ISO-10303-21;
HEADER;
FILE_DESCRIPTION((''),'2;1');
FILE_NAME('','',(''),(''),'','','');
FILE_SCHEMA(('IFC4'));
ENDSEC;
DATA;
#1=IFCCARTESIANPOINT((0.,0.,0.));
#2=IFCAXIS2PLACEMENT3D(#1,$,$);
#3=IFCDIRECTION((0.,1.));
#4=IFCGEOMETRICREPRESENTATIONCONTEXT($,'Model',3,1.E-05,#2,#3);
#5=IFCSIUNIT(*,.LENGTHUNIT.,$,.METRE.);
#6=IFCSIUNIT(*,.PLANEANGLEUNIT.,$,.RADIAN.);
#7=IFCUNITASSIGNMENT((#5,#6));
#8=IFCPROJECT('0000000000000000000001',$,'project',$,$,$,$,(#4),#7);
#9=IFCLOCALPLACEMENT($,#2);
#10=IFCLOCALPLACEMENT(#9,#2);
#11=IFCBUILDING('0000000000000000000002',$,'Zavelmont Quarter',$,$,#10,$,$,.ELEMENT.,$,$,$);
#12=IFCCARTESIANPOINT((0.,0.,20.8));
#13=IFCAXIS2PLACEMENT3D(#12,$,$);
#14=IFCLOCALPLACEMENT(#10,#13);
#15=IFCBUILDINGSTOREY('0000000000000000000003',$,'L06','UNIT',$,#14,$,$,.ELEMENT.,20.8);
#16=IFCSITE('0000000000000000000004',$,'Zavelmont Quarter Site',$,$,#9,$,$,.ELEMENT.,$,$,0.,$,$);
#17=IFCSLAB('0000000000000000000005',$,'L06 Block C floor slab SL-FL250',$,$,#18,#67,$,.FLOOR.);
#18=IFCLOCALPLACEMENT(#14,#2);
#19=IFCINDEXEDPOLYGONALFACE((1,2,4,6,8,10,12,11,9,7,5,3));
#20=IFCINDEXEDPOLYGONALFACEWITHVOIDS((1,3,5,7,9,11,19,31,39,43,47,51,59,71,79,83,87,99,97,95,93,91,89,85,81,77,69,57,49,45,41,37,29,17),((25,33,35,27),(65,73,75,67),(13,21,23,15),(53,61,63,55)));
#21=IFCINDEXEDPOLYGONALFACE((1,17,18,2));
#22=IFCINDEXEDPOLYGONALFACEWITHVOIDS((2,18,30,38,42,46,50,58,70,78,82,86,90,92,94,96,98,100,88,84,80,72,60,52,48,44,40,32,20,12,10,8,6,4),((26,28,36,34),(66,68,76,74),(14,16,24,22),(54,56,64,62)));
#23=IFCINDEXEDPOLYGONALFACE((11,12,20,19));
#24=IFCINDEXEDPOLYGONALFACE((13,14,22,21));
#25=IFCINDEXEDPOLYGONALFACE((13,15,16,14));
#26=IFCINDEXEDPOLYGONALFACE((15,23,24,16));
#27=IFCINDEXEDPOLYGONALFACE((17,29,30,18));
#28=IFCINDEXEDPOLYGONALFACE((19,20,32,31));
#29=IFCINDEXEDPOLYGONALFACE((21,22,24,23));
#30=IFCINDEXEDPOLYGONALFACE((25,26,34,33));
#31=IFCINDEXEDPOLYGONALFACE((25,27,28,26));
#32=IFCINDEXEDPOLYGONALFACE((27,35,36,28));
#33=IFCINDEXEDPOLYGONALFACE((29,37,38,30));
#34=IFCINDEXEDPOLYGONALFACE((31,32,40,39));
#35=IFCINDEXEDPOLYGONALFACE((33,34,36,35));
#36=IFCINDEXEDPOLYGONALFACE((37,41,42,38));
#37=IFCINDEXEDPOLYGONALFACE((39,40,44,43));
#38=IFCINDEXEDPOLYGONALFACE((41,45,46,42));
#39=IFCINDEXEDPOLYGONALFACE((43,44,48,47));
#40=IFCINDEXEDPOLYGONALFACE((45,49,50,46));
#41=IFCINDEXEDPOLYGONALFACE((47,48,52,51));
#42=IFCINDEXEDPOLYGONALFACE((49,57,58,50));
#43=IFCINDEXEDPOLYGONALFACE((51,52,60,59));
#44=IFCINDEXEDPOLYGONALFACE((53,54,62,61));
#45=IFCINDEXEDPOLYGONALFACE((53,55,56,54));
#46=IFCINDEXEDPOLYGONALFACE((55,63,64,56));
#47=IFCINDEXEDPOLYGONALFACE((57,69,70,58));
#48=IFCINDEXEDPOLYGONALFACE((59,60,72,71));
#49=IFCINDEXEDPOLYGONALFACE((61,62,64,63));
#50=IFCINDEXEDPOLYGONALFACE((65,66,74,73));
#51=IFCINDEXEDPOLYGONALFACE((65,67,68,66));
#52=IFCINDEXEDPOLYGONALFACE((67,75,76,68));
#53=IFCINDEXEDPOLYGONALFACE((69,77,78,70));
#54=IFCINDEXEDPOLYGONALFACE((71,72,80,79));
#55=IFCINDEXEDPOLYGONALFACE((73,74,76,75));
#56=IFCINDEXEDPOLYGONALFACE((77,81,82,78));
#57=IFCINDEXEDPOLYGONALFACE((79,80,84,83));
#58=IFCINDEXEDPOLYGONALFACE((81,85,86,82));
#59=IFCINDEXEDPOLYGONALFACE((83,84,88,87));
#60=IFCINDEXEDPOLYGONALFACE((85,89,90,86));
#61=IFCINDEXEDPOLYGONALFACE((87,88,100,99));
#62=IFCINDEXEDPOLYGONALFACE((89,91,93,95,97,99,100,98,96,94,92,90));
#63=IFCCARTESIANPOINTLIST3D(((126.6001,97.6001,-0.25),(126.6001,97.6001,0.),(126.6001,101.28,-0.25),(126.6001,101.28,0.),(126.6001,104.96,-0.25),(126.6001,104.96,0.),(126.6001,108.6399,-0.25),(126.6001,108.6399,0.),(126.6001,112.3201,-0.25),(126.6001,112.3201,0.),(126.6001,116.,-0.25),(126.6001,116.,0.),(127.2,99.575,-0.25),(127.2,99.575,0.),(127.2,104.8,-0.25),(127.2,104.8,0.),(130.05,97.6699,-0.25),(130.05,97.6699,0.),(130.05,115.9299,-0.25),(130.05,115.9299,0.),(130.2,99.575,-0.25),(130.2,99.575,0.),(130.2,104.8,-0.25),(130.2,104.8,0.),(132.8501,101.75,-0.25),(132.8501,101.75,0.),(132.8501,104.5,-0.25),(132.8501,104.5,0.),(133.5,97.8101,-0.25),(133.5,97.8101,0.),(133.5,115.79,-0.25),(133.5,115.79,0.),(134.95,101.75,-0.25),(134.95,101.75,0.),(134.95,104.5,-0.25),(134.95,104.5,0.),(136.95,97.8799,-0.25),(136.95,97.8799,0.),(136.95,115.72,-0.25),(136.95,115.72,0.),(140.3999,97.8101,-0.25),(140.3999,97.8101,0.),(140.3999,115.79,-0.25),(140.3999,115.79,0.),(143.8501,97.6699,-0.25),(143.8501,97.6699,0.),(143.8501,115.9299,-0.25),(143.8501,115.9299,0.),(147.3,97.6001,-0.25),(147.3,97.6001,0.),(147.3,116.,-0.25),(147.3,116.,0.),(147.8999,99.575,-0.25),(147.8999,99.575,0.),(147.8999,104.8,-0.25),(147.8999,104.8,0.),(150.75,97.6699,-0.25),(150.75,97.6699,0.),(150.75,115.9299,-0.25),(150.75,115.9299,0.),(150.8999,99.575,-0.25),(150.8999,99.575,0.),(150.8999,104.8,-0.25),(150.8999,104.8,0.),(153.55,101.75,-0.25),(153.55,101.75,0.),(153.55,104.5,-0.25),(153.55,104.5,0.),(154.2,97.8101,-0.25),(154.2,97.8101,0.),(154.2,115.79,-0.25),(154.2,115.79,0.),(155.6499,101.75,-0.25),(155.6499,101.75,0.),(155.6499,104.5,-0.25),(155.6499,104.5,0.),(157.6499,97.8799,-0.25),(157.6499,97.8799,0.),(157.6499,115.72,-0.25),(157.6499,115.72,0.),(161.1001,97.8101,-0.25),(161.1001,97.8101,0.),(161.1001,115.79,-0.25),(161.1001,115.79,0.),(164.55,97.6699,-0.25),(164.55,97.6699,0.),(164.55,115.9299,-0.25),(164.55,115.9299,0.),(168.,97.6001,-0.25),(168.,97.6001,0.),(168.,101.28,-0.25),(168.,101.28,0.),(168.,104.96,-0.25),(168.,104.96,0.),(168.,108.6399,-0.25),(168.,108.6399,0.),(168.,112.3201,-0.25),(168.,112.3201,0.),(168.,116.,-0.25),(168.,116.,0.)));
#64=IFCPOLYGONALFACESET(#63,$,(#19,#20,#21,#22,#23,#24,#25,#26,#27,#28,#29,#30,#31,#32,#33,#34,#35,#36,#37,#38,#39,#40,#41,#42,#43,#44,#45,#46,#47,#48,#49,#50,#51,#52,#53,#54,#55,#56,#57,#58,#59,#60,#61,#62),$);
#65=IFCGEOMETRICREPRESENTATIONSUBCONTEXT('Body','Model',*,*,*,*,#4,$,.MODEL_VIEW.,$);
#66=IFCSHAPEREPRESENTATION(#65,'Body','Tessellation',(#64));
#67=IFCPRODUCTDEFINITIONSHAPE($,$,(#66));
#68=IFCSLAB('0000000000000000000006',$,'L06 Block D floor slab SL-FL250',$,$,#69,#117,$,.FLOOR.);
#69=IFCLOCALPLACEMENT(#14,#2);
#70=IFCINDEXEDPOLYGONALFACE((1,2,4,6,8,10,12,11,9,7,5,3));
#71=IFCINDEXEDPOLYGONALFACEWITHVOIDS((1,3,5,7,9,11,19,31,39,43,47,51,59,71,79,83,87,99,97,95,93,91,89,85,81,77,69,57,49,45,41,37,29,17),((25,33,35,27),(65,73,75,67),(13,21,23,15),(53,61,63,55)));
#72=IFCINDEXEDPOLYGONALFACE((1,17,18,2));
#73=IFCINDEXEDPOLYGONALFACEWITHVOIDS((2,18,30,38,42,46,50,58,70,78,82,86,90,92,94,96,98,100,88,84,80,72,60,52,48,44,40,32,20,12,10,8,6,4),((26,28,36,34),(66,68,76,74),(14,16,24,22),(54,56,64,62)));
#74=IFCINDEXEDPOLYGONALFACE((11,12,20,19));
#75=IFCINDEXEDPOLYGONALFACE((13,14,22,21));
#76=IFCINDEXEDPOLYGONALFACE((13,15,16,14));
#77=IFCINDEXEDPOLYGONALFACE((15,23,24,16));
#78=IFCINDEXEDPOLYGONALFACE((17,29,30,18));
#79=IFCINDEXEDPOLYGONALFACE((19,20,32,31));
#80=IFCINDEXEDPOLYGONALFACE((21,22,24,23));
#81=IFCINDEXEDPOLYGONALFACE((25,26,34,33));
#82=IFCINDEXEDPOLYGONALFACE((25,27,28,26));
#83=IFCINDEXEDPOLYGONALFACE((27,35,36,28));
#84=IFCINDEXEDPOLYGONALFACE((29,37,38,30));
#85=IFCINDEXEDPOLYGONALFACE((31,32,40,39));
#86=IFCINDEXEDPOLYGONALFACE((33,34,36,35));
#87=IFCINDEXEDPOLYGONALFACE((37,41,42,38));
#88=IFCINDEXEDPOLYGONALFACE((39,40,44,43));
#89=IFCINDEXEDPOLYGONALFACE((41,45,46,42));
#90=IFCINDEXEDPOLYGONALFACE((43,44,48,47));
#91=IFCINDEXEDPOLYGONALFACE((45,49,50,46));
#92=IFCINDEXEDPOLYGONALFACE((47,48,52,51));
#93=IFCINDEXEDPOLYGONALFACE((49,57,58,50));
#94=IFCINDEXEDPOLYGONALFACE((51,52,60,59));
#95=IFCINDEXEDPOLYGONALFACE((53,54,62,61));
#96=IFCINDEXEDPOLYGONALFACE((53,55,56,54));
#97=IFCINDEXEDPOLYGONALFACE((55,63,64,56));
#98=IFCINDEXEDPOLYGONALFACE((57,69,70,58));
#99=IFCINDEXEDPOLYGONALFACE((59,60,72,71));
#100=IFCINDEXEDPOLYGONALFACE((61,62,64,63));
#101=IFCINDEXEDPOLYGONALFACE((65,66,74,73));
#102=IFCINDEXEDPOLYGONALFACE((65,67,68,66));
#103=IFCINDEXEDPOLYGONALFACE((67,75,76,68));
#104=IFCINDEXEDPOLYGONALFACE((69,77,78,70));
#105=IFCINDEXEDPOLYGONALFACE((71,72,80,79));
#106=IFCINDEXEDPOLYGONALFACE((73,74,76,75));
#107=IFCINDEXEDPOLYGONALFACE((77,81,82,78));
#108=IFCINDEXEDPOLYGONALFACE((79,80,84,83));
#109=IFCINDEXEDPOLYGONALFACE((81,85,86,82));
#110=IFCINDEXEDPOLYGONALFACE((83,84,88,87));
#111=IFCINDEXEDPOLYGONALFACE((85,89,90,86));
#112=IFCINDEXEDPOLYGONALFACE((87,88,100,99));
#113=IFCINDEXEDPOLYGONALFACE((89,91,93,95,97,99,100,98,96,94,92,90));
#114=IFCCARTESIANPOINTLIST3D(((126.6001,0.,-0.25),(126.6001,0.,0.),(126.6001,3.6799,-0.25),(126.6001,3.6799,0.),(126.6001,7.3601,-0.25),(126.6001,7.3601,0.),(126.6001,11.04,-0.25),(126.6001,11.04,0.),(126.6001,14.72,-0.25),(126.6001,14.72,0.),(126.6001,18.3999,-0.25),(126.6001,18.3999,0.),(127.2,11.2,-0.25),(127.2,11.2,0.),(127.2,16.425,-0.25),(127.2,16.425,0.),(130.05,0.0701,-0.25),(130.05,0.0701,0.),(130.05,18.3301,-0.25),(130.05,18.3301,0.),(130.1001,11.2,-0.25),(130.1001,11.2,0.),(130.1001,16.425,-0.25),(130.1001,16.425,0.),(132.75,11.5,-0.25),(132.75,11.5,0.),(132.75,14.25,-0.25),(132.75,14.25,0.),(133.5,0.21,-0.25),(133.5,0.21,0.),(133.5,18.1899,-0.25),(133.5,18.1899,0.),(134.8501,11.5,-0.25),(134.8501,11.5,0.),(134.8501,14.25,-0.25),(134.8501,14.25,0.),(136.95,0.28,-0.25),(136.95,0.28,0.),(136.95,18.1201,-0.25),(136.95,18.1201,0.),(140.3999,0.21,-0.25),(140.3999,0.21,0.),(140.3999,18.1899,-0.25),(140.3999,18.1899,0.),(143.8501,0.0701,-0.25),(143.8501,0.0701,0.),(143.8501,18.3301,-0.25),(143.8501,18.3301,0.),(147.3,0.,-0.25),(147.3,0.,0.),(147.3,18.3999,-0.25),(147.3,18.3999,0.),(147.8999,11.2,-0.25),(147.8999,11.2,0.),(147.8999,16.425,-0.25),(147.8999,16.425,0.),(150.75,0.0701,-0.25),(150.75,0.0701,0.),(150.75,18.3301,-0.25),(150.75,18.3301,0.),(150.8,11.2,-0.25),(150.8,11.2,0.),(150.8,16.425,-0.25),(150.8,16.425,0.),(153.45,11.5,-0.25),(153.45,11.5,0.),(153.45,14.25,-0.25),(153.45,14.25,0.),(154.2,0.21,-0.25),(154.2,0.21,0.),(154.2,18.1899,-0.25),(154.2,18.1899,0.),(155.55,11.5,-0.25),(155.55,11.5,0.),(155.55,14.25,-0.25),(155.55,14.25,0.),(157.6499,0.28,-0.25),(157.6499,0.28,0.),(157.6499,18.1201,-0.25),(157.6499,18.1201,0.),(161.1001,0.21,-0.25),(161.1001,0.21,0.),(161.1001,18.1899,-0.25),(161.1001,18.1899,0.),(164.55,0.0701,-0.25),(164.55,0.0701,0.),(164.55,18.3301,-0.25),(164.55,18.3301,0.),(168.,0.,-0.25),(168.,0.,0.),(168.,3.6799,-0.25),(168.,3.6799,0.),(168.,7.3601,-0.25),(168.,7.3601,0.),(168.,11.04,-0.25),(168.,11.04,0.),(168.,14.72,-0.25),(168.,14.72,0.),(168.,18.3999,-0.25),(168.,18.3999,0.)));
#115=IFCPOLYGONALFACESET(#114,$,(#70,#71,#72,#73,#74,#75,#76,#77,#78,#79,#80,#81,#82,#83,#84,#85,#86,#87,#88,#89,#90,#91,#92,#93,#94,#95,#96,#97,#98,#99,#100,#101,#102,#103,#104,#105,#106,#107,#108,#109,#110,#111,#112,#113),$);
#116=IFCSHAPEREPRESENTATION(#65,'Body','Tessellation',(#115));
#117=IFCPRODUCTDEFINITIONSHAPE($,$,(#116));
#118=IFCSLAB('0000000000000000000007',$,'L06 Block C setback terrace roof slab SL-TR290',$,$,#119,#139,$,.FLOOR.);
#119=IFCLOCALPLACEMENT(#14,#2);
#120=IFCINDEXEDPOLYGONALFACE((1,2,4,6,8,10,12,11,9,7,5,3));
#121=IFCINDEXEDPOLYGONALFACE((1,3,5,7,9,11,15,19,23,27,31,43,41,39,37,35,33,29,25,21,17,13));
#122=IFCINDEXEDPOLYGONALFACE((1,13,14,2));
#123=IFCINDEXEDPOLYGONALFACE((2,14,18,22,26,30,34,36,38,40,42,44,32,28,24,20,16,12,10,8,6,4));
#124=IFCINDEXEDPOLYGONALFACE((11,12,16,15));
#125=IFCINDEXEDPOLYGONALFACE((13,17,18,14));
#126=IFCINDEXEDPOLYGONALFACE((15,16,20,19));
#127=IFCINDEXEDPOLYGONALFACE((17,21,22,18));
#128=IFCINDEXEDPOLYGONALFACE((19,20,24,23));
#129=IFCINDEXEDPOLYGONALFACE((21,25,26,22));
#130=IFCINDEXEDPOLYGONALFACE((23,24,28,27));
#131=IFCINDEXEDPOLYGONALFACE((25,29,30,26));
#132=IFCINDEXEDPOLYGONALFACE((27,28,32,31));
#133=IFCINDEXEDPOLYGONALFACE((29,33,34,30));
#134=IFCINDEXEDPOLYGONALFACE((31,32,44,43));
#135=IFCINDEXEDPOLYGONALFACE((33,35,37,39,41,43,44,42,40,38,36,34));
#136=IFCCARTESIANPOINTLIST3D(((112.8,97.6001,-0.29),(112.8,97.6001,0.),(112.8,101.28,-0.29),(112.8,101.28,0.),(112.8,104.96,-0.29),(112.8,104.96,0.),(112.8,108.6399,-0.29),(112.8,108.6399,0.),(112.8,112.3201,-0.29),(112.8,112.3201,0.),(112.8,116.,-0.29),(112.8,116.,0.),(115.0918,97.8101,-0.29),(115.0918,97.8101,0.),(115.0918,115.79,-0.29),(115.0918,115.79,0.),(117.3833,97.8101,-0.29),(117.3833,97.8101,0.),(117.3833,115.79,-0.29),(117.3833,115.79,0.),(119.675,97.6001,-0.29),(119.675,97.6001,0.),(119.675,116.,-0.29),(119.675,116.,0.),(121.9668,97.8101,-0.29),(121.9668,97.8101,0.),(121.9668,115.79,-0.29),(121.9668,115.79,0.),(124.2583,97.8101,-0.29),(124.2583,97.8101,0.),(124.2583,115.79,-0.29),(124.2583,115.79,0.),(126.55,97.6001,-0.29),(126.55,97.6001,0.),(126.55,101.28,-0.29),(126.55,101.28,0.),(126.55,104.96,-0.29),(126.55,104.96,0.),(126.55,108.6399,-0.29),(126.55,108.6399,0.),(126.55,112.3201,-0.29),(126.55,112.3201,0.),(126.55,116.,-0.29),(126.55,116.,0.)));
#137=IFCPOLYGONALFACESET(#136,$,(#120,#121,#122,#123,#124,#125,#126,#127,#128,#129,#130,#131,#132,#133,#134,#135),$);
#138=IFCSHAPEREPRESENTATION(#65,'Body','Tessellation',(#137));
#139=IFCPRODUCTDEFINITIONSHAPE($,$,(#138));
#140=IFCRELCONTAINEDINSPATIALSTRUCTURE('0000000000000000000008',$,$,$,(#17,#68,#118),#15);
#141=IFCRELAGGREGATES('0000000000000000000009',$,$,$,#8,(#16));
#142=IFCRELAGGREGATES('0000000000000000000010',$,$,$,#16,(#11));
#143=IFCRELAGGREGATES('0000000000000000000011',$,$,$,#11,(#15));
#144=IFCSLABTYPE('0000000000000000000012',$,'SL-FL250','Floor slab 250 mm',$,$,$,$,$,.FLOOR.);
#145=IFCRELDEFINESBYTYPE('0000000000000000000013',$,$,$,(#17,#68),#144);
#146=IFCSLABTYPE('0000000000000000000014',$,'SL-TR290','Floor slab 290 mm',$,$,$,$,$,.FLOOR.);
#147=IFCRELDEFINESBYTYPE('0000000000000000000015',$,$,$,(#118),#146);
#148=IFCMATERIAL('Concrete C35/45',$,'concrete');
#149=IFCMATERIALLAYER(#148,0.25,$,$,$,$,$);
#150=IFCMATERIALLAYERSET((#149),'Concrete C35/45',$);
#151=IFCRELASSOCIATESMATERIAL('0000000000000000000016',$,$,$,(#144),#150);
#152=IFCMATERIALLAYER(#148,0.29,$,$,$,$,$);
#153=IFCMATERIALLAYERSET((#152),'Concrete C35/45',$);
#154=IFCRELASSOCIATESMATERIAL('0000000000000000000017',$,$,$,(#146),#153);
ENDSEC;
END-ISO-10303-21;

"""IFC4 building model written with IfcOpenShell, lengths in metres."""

from ifc_helpers import new_model, si_unit, direction, frame, origin, place, context, subcontext, project, spatial, polyline, outline, extrude, material, layer, layer_set, type_object, element, save


model = new_model("IFC4")

# Units and contexts
model_context = context("Model", 3, precision=1e-05, world=origin(), true_north=direction((0.0, 1.0)))
body_context = subcontext(model_context, "Body", "Model", "MODEL_VIEW")
ifc_project = project(units=[si_unit("LENGTHUNIT", "METRE"), si_unit("PLANEANGLEUNIT", "RADIAN")], contexts=[model_context])

# Site, building, storey
site_placement = place(None, origin())
site = spatial("IfcSite", under=ifc_project, at=site_placement, Name="Zavelmont Quarter Site", CompositionType="ELEMENT", RefElevation=0.0)
building_placement = place(site_placement, origin())
building = spatial("IfcBuilding", under=site, at=building_placement, Name="Zavelmont Quarter", CompositionType="ELEMENT")
storey_placement = place(building_placement, frame((0.0, 0.0, 20.8)))
storey = spatial("IfcBuildingStorey", under=building, at=storey_placement, Name="L06", Description="UNIT", CompositionType="ELEMENT", Elevation=20.8)

# Shared definitions
ifc_material_1 = material(Name="Concrete C35/45", Category="concrete")

# Slabs
ifc_layer_1 = layer(ifc_material_1, 0.25)
ifc_layer_set_1 = layer_set([ifc_layer_1], Name="Concrete C35/45")
slab_type_1 = type_object("IfcSlabType", Name="SL-FL250", Description="Floor slab 250 mm", PredefinedType="FLOOR", material=ifc_layer_set_1)
slab_1_placement = place(storey_placement, frame((0.0, 0.0, -0.25)))
element("IfcSlab", 1, at=slab_1_placement, inside=storey, type_object=slab_type_1, Name="L06 Block C floor slab SL-FL250", PredefinedType="FLOOR", context=body_context, shape_type="SweptSolid", body=[
    extrude(outline(polyline([(126.6001, 97.6001), (130.05, 97.6699), (133.5, 97.8101), (136.95, 97.8799), (140.3999, 97.8101), (143.8501, 97.6699), (147.3, 97.6001), (150.75, 97.6699), (154.2, 97.8101), (157.6499, 97.8799), (161.1001, 97.8101), (164.55, 97.6699), (168.0, 97.6001), (168.0, 101.28), (168.0, 104.96), (168.0, 108.6399), (168.0, 112.3201), (168.0, 116.0), (164.55, 115.9299), (161.1001, 115.79), (157.6499, 115.72), (154.2, 115.79), (150.75, 115.9299), (147.3, 116.0), (143.8501, 115.9299), (140.3999, 115.79), (136.95, 115.72), (133.5, 115.79), (130.05, 115.9299), (126.6001, 116.0), (126.6001, 112.3201), (126.6001, 108.6399), (126.6001, 104.96), (126.6001, 101.28), (126.6001, 97.6001)]), holes=[polyline([(130.2, 99.575), (130.2, 104.8), (127.2, 104.8), (127.2, 99.575), (130.2, 99.575)]), polyline([(132.8501, 101.75), (134.95, 101.75), (134.95, 104.5), (132.8501, 104.5), (132.8501, 101.75)]), polyline([(150.8999, 99.575), (150.8999, 104.8), (147.8999, 104.8), (147.8999, 99.575), (150.8999, 99.575)]), polyline([(153.55, 101.75), (155.6499, 101.75), (155.6499, 104.5), (153.55, 104.5), (153.55, 101.75)])]), origin(), (0.0, 0.0, 1.0), 0.25),
])
slab_2_placement = place(storey_placement, frame((0.0, 0.0, -0.25)))
element("IfcSlab", 2, at=slab_2_placement, inside=storey, type_object=slab_type_1, Name="L06 Block D floor slab SL-FL250", PredefinedType="FLOOR", context=body_context, shape_type="SweptSolid", body=[
    extrude(outline(polyline([(126.6001, 0.0), (130.05, 0.0701), (133.5, 0.21), (136.95, 0.28), (140.3999, 0.21), (143.8501, 0.0701), (147.3, 0.0), (150.75, 0.0701), (154.2, 0.21), (157.6499, 0.28), (161.1001, 0.21), (164.55, 0.0701), (168.0, 0.0), (168.0, 3.6799), (168.0, 7.3601), (168.0, 11.04), (168.0, 14.72), (168.0, 18.3999), (164.55, 18.3301), (161.1001, 18.1899), (157.6499, 18.1201), (154.2, 18.1899), (150.75, 18.3301), (147.3, 18.3999), (143.8501, 18.3301), (140.3999, 18.1899), (136.95, 18.1201), (133.5, 18.1899), (130.05, 18.3301), (126.6001, 18.3999), (126.6001, 14.72), (126.6001, 11.04), (126.6001, 7.3601), (126.6001, 3.6799), (126.6001, 0.0)]), holes=[polyline([(127.2, 16.425), (127.2, 11.2), (130.1001, 11.2), (130.1001, 16.425), (127.2, 16.425)]), polyline([(132.75, 11.5), (134.8501, 11.5), (134.8501, 14.25), (132.75, 14.25), (132.75, 11.5)]), polyline([(147.8999, 16.425), (147.8999, 11.2), (150.8, 11.2), (150.8, 16.425), (147.8999, 16.425)]), polyline([(153.45, 11.5), (155.55, 11.5), (155.55, 14.25), (153.45, 14.25), (153.45, 11.5)])]), origin(), (0.0, 0.0, 1.0), 0.25),
])
ifc_layer_2 = layer(ifc_material_1, 0.29)
ifc_layer_set_2 = layer_set([ifc_layer_2], Name="Concrete C35/45")
slab_type_2 = type_object("IfcSlabType", Name="SL-TR290", Description="Floor slab 290 mm", PredefinedType="FLOOR", material=ifc_layer_set_2)
slab_3_placement = place(storey_placement, frame((0.0, 0.0, -0.29)))
element("IfcSlab", 3, at=slab_3_placement, inside=storey, type_object=slab_type_2, Name="L06 Block C setback terrace roof slab SL-TR290", PredefinedType="FLOOR", context=body_context, shape_type="SweptSolid", body=[
    extrude(outline(polyline([(112.8, 97.6001), (115.0918, 97.8101), (117.3833, 97.8101), (119.675, 97.6001), (121.9668, 97.8101), (124.2583, 97.8101), (126.55, 97.6001), (126.55, 101.28), (126.55, 104.96), (126.55, 108.6399), (126.55, 112.3201), (126.55, 116.0), (124.2583, 115.79), (121.9668, 115.79), (119.675, 116.0), (117.3833, 115.79), (115.0918, 115.79), (112.8, 116.0), (112.8, 112.3201), (112.8, 108.6399), (112.8, 104.96), (112.8, 101.28), (112.8, 97.6001)])), origin(), (0.0, 0.0, 1.0), 0.29),
])

save(model, "model.ifc")
